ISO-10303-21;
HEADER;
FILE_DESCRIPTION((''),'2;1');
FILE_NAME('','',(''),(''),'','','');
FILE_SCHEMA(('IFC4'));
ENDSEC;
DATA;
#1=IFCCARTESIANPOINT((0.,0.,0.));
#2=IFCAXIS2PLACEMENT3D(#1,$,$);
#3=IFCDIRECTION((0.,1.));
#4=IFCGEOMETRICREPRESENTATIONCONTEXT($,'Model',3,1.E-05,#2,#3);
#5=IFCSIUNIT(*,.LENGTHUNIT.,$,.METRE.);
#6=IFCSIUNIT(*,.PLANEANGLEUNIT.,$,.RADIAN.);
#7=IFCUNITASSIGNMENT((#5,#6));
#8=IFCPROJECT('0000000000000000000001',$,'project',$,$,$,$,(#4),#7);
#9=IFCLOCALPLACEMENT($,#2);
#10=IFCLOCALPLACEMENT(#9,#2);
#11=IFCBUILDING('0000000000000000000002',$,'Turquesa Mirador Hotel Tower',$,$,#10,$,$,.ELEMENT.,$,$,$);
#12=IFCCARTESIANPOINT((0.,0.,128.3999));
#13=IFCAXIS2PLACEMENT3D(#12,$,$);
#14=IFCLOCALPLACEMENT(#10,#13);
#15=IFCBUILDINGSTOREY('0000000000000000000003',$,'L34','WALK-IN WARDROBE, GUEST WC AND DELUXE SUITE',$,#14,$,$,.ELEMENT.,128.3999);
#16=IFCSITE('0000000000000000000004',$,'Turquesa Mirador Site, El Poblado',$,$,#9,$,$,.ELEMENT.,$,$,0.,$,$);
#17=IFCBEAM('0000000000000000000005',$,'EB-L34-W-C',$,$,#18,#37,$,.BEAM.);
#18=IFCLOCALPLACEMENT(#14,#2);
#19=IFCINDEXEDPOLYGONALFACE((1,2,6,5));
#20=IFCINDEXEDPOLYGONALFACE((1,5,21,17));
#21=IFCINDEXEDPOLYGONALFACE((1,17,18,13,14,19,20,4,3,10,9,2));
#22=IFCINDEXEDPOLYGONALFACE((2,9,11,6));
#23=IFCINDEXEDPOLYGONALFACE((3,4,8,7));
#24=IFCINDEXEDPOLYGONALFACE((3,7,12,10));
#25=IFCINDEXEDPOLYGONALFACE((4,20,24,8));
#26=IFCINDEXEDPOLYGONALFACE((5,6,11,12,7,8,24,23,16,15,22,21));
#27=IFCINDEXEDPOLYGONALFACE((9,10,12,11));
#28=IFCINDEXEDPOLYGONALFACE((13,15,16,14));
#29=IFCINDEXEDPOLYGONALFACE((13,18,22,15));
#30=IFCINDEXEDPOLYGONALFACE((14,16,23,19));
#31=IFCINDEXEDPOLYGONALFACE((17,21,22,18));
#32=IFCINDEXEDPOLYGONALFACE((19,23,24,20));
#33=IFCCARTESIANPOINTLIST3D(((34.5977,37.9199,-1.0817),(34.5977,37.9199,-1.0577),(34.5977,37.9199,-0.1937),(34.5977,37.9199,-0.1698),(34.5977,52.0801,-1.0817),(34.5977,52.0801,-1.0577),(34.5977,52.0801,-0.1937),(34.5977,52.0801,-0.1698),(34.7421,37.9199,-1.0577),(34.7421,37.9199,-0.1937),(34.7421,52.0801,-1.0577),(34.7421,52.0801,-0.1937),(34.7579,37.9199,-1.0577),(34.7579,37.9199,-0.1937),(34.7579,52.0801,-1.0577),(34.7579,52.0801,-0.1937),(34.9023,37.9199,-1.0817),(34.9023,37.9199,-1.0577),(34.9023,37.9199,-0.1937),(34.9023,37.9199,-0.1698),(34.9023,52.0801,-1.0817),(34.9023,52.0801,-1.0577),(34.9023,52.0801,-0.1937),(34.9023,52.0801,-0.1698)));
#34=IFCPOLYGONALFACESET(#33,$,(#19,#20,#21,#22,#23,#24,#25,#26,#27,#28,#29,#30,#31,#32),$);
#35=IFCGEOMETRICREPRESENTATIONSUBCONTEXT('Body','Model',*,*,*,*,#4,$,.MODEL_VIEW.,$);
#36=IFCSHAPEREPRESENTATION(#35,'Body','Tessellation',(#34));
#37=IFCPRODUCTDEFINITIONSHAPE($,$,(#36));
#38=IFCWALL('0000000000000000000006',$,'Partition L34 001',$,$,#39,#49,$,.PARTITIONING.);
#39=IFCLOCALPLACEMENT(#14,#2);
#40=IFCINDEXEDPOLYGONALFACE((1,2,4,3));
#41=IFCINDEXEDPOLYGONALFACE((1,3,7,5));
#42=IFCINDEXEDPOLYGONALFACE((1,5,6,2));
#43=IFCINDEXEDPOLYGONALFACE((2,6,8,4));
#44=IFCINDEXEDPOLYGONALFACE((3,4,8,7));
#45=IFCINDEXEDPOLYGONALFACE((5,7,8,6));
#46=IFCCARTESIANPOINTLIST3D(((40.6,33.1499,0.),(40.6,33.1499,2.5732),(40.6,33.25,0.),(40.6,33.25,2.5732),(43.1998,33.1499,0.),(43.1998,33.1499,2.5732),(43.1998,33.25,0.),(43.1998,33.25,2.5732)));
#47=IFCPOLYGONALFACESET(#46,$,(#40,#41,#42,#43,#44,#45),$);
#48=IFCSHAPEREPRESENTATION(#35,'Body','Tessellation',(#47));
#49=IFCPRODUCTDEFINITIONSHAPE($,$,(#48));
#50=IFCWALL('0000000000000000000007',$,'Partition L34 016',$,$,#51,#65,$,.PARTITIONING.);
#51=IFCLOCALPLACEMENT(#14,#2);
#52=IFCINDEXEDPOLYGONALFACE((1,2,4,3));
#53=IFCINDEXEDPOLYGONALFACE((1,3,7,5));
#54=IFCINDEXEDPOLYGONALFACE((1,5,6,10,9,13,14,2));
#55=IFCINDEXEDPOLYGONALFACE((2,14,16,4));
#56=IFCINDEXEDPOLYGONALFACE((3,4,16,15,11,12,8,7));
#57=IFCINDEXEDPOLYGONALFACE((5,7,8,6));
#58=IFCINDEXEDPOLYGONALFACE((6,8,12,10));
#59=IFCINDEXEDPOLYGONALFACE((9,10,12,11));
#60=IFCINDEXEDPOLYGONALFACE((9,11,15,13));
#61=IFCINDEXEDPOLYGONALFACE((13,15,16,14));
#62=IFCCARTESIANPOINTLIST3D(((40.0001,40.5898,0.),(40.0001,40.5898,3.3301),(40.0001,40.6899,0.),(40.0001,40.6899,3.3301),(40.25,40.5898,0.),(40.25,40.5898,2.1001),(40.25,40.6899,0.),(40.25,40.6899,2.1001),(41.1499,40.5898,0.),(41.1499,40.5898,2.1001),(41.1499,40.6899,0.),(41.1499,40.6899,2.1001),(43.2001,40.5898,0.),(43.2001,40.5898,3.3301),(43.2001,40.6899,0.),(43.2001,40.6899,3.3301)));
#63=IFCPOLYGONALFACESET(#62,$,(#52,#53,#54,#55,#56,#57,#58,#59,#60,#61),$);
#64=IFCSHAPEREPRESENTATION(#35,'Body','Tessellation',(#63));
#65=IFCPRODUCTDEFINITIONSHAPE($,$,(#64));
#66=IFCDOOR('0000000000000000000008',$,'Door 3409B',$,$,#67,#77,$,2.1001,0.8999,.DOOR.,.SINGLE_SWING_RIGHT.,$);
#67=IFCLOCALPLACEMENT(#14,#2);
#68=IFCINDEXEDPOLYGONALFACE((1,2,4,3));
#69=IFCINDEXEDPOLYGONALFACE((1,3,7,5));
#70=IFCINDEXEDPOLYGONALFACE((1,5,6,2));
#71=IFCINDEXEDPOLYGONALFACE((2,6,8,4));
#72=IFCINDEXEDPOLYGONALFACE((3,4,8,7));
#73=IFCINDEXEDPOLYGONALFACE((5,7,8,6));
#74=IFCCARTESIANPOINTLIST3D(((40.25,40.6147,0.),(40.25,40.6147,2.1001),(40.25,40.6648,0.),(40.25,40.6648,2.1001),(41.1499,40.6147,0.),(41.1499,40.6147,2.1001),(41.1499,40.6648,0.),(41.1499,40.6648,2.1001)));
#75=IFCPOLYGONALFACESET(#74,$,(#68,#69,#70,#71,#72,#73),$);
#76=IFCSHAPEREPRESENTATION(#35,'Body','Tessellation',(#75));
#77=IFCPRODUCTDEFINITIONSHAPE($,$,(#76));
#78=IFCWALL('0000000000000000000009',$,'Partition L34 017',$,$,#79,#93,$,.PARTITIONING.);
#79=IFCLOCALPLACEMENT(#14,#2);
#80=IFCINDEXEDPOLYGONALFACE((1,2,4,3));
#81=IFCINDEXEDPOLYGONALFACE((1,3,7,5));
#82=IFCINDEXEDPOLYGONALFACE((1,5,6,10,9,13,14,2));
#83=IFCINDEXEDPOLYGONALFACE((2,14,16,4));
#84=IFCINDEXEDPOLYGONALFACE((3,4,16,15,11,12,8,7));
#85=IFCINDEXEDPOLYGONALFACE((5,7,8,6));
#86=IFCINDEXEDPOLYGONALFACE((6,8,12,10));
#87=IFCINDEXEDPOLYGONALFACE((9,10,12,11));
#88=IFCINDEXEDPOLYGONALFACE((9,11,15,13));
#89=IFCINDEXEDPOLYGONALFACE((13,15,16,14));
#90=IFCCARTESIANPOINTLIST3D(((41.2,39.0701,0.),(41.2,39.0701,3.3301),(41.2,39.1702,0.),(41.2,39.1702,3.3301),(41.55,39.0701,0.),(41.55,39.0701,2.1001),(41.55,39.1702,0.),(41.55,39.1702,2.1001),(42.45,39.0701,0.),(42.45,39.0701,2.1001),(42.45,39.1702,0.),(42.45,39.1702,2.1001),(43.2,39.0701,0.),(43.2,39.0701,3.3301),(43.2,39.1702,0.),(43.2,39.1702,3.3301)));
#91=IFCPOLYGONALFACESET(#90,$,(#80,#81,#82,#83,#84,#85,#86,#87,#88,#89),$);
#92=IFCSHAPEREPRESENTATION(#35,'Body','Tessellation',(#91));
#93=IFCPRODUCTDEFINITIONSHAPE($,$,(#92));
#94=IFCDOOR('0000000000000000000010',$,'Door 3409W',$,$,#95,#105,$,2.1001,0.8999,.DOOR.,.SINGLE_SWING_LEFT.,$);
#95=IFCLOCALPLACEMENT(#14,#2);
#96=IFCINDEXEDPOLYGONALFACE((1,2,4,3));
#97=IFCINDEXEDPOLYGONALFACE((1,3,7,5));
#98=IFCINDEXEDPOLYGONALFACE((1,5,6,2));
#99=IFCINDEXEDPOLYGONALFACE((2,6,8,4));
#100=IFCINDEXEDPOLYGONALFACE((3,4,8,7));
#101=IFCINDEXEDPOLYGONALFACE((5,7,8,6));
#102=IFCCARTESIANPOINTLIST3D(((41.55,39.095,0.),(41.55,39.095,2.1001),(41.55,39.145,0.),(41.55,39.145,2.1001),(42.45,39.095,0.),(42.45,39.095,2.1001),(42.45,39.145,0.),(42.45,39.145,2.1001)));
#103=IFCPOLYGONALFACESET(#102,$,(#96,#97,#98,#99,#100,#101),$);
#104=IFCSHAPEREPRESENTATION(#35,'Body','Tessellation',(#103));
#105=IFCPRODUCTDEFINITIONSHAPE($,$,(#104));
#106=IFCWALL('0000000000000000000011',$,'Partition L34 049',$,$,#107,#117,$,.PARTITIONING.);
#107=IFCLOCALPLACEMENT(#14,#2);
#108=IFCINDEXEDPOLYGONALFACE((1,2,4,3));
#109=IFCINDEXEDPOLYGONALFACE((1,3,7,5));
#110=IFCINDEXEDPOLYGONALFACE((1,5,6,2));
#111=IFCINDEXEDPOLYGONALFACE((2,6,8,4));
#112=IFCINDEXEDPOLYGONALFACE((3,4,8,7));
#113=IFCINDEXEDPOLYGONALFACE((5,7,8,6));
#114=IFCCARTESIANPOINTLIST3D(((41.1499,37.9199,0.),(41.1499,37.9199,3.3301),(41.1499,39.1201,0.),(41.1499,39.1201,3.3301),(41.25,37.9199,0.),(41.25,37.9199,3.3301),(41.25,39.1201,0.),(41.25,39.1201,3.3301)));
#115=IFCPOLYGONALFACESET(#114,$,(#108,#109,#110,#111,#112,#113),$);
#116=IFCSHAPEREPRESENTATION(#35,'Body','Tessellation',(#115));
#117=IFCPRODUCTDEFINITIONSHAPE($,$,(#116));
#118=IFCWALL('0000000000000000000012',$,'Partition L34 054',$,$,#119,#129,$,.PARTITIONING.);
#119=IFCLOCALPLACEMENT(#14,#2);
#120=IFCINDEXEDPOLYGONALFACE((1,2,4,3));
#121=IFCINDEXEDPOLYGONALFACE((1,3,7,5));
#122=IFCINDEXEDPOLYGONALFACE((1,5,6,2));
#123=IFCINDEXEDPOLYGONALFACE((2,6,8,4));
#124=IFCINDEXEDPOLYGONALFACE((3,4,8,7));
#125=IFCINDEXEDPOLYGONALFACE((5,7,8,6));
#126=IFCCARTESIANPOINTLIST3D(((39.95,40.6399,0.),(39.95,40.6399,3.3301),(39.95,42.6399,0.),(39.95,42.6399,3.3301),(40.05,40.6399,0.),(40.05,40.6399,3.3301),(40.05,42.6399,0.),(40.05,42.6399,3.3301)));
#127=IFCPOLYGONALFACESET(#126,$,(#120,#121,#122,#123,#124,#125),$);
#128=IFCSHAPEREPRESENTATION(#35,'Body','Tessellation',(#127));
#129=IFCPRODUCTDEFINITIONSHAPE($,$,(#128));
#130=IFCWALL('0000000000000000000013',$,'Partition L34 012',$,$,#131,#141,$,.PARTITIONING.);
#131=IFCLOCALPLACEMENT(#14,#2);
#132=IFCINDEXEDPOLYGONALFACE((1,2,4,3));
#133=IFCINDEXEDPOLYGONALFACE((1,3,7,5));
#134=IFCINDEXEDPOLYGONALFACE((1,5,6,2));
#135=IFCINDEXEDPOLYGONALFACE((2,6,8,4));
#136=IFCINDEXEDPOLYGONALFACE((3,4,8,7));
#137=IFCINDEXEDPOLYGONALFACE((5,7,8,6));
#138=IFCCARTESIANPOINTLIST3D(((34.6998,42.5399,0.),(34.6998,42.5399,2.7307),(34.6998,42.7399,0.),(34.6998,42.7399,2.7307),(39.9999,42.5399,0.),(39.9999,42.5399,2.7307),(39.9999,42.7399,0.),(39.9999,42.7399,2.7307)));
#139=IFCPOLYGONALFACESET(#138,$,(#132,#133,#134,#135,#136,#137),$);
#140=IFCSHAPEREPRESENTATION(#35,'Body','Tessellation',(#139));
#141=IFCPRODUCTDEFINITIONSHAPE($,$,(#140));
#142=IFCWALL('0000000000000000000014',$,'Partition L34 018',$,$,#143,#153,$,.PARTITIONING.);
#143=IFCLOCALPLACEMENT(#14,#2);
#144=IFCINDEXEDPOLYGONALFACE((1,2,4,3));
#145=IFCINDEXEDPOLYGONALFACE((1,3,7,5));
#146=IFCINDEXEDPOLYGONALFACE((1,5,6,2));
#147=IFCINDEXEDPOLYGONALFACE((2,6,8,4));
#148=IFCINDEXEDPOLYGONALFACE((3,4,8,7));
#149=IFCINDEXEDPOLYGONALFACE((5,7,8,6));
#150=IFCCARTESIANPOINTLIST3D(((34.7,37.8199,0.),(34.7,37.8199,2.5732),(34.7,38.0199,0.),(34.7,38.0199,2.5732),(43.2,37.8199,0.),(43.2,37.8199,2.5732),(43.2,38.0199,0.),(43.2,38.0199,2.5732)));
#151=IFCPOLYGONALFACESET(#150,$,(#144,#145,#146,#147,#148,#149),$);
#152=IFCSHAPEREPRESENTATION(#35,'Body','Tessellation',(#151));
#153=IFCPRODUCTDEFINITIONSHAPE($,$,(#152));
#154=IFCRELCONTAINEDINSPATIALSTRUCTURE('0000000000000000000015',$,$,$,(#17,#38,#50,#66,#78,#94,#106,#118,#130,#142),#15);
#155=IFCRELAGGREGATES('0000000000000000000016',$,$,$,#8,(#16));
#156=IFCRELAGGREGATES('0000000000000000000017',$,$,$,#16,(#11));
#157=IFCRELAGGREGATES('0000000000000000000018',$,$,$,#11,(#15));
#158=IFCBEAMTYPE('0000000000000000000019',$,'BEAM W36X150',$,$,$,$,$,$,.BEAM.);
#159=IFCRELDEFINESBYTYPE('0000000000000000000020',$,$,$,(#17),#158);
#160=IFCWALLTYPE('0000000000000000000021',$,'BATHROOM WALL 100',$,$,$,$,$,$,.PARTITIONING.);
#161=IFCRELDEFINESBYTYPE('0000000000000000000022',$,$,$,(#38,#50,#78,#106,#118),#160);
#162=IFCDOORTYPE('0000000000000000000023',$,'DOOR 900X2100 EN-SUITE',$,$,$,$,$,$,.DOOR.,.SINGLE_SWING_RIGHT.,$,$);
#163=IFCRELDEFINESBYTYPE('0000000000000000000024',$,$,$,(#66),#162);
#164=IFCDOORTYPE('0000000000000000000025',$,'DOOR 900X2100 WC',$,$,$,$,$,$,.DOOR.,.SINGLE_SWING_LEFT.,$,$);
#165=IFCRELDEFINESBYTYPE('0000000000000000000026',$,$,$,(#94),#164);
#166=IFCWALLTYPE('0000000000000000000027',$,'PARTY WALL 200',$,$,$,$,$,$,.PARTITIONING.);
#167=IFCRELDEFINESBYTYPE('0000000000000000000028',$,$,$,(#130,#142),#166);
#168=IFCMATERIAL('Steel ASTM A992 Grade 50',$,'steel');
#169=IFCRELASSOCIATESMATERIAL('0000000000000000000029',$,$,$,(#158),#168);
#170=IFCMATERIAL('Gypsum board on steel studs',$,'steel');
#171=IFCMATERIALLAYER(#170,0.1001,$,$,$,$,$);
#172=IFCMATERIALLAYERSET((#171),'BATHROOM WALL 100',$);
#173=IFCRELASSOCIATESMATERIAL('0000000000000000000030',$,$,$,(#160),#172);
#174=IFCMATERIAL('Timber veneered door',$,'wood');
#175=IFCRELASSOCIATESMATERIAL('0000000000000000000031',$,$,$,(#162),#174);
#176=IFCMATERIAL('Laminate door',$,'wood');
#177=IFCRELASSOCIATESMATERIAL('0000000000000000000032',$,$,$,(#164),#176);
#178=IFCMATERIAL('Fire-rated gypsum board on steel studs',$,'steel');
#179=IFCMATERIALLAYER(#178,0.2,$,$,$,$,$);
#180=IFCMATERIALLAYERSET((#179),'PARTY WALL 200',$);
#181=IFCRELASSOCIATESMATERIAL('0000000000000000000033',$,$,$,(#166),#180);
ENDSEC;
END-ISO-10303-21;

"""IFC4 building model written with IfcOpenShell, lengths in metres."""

from ifc_helpers import new_model, si_unit, direction, frame, frame_2d, origin, origin_2d, place, context, subcontext, project, spatial, rectangle, i_section, extrude, material, layer, layer_set, material_profile, profile_set, type_object, element, fill, save


model = new_model("IFC4")

# Units and contexts
model_context = context("Model", 3, precision=1e-05, world=origin(), true_north=direction((0.0, 1.0)))
body_context = subcontext(model_context, "Body", "Model", "MODEL_VIEW")
ifc_project = project(units=[si_unit("LENGTHUNIT", "METRE"), si_unit("PLANEANGLEUNIT", "RADIAN")], contexts=[model_context])

# Site, building, storey
site_placement = place(None, origin())
site = spatial("IfcSite", under=ifc_project, at=site_placement, Name="Turquesa Mirador Site, El Poblado", CompositionType="ELEMENT", RefElevation=0.0)
building_placement = place(site_placement, origin())
building = spatial("IfcBuilding", under=site, at=building_placement, Name="Turquesa Mirador Hotel Tower", CompositionType="ELEMENT")
storey_placement = place(building_placement, frame((0.0, 0.0, 128.3999)))
storey = spatial("IfcBuildingStorey", under=building, at=storey_placement, Name="L34", Description="WALK-IN WARDROBE, GUEST WC AND DELUXE SUITE", CompositionType="ELEMENT", Elevation=128.3999)

# Beam
ifc_material_1 = material(Name="Steel ASTM A992 Grade 50", Category="steel")
ifc_material_profile_1 = material_profile(ifc_material_1, i_section(OverallWidth=0.3047, OverallDepth=0.9119, WebThickness=0.0159, FlangeThickness=0.0239, at=origin_2d()), Name="W36X150")
ifc_profile_set_1 = profile_set([ifc_material_profile_1], Name="Steel ASTM A992 Grade 50")
beam_type_1 = type_object("IfcBeamType", Name="BEAM W36X150", PredefinedType="BEAM", material=ifc_profile_set_1)
beam_1_placement = place(storey_placement, frame((34.75, 37.9199, -0.6257), z_axis=(0.0, 1.0, 0.0), x_axis=(-1.0, 0.0, 0.0)))
element("IfcBeam", 1, at=beam_1_placement, inside=storey, type_object=beam_type_1, Name="EB-L34-W-C", PredefinedType="BEAM", context=body_context, shape_type="SweptSolid", body=[
    extrude(i_section(OverallWidth=0.3047, OverallDepth=0.9119, WebThickness=0.0159, FlangeThickness=0.0239, at=origin_2d()), origin(), (0.0, 0.0, 1.0), 14.1602),
])

# Wall
ifc_material_2 = material(Name="Gypsum board on steel studs", Category="steel")
ifc_layer_1 = layer(ifc_material_2, 0.1001)
ifc_layer_set_1 = layer_set([ifc_layer_1], Name="BATHROOM WALL 100")
wall_type_1 = type_object("IfcWallType", Name="BATHROOM WALL 100", PredefinedType="PARTITIONING", material=ifc_layer_set_1)
wall_1_placement = place(storey_placement, frame((40.6001, 33.2, 0.0), z_axis=(0.0, 0.0, 1.0), x_axis=(1.0, 0.0, 0.0)))
element("IfcWall", 2, at=wall_1_placement, inside=storey, type_object=wall_type_1, Name="Partition L34 001", PredefinedType="PARTITIONING", context=body_context, shape_type="SweptSolid", body=[
    extrude(rectangle(XDim=2.5999, YDim=0.1001, at=frame_2d((1.2998, 0.0))), origin(), (0.0, 0.0, 1.0), 2.5732),
])

# Walls, openings, doors
wall_2_placement = place(storey_placement, frame((40.0, 40.6399, 0.0), z_axis=(0.0, 0.0, 1.0), x_axis=(1.0, 0.0, 0.0)))
wall_2 = element("IfcWall", 3, at=wall_2_placement, inside=storey, type_object=wall_type_1, Name="Partition L34 016", PredefinedType="PARTITIONING", context=body_context, shape_type="SweptSolid", body=[
    extrude(rectangle(XDim=3.2, YDim=0.1001, at=frame_2d((1.6001, 0.0))), origin(), (0.0, 0.0, 1.0), 3.3301),
])
opening_1_placement = place(wall_2_placement, frame((0.25, 0.0, 0.0)))
opening_1 = element("IfcOpeningElement", 4, at=opening_1_placement, cuts=wall_2, PredefinedType="OPENING", context=body_context, shape_type="SweptSolid", body=[
    extrude(rectangle(XDim=0.8999, YDim=2.1001, at=frame_2d((0.45, 1.05))), frame((0.0, 0.0601, 0.0), z_axis=(0.0, -1.0, 0.0), x_axis=(1.0, 0.0, 0.0)), (0.0, 0.0, 1.0), 0.1201),
])
ifc_material_3 = material(Name="Timber veneered door", Category="wood")
door_type_1 = type_object("IfcDoorType", Name="DOOR 900X2100 EN-SUITE", OperationType="SINGLE_SWING_RIGHT", PredefinedType="DOOR", material=ifc_material_3)
door_1_placement = place(opening_1_placement, origin())
door_1 = element("IfcDoor", 5, at=door_1_placement, inside=storey, type_object=door_type_1, Name="Door 3409B", OperationType="SINGLE_SWING_RIGHT", OverallHeight=2.1001, OverallWidth=0.8999, PredefinedType="DOOR", context=body_context, shape_type="SweptSolid", body=[
    extrude(rectangle(XDim=0.8999, YDim=2.1001, at=frame_2d((0.45, 1.05))), frame((0.0, 0.0249, 0.0), z_axis=(0.0, -1.0, 0.0), x_axis=(1.0, 0.0, 0.0)), (0.0, 0.0, 1.0), 0.05),
])
fill(opening_1, door_1)
wall_3_placement = place(storey_placement, frame((41.2, 39.1201, 0.0), z_axis=(0.0, 0.0, 1.0), x_axis=(1.0, 0.0, 0.0)))
wall_3 = element("IfcWall", 6, at=wall_3_placement, inside=storey, type_object=wall_type_1, Name="Partition L34 017", PredefinedType="PARTITIONING", context=body_context, shape_type="SweptSolid", body=[
    extrude(rectangle(XDim=2.0, YDim=0.1001, at=frame_2d((1.0, 0.0))), origin(), (0.0, 0.0, 1.0), 3.3301),
])
opening_2_placement = place(wall_3_placement, frame((0.3501, 0.0, 0.0)))
opening_2 = element("IfcOpeningElement", 7, at=opening_2_placement, cuts=wall_3, PredefinedType="OPENING", context=body_context, shape_type="SweptSolid", body=[
    extrude(rectangle(XDim=0.8999, YDim=2.1001, at=frame_2d((0.45, 1.05))), frame((0.0, 0.0601, 0.0), z_axis=(0.0, -1.0, 0.0), x_axis=(1.0, 0.0, 0.0)), (0.0, 0.0, 1.0), 0.1201),
])
ifc_material_4 = material(Name="Laminate door", Category="wood")
door_type_2 = type_object("IfcDoorType", Name="DOOR 900X2100 WC", OperationType="SINGLE_SWING_LEFT", PredefinedType="DOOR", material=ifc_material_4)
door_2_placement = place(opening_2_placement, origin())
door_2 = element("IfcDoor", 8, at=door_2_placement, inside=storey, type_object=door_type_2, Name="Door 3409W", OperationType="SINGLE_SWING_LEFT", OverallHeight=2.1001, OverallWidth=0.8999, PredefinedType="DOOR", context=body_context, shape_type="SweptSolid", body=[
    extrude(rectangle(XDim=0.8999, YDim=2.1001, at=frame_2d((0.45, 1.05))), frame((0.0, 0.0249, 0.0), z_axis=(0.0, -1.0, 0.0), x_axis=(1.0, 0.0, 0.0)), (0.0, 0.0, 1.0), 0.05),
])
fill(opening_2, door_2)

# Walls
wall_4_placement = place(storey_placement, frame((41.2, 37.9199, 0.0), z_axis=(0.0, 0.0, 1.0), x_axis=(0.0, 1.0, 0.0)))
element("IfcWall", 9, at=wall_4_placement, inside=storey, type_object=wall_type_1, Name="Partition L34 049", PredefinedType="PARTITIONING", context=body_context, shape_type="SweptSolid", body=[
    extrude(rectangle(XDim=1.2002, YDim=0.1001, at=frame_2d((0.6001, 0.0))), origin(), (0.0, 0.0, 1.0), 3.3301),
])
wall_5_placement = place(storey_placement, frame((40.0, 40.6399, 0.0), z_axis=(0.0, 0.0, 1.0), x_axis=(0.0, 1.0, 0.0)))
element("IfcWall", 10, at=wall_5_placement, inside=storey, type_object=wall_type_1, Name="Partition L34 054", PredefinedType="PARTITIONING", context=body_context, shape_type="SweptSolid", body=[
    extrude(rectangle(XDim=2.0, YDim=0.1001, at=frame_2d((1.0, 0.0))), origin(), (0.0, 0.0, 1.0), 3.3301),
])
ifc_material_5 = material(Name="Fire-rated gypsum board on steel studs", Category="steel")
ifc_layer_2 = layer(ifc_material_5, 0.2)
ifc_layer_set_2 = layer_set([ifc_layer_2], Name="PARTY WALL 200")
wall_type_2 = type_object("IfcWallType", Name="PARTY WALL 200", PredefinedType="PARTITIONING", material=ifc_layer_set_2)
wall_6_placement = place(storey_placement, frame((34.7, 42.6399, 0.0), z_axis=(0.0, 0.0, 1.0), x_axis=(1.0, 0.0, 0.0)))
element("IfcWall", 11, at=wall_6_placement, inside=storey, type_object=wall_type_2, Name="Partition L34 012", PredefinedType="PARTITIONING", context=body_context, shape_type="SweptSolid", body=[
    extrude(rectangle(XDim=5.3, YDim=0.2, at=frame_2d((2.6499, 0.0))), origin(), (0.0, 0.0, 1.0), 2.7307),
])
wall_7_placement = place(storey_placement, frame((34.7, 37.9199, 0.0), z_axis=(0.0, 0.0, 1.0), x_axis=(1.0, 0.0, 0.0)))
element("IfcWall", 12, at=wall_7_placement, inside=storey, type_object=wall_type_2, Name="Partition L34 018", PredefinedType="PARTITIONING", context=body_context, shape_type="SweptSolid", body=[
    extrude(rectangle(XDim=8.5, YDim=0.2, at=frame_2d((4.25, 0.0))), origin(), (0.0, 0.0, 1.0), 2.5732),
])

save(model, "model.ifc")
